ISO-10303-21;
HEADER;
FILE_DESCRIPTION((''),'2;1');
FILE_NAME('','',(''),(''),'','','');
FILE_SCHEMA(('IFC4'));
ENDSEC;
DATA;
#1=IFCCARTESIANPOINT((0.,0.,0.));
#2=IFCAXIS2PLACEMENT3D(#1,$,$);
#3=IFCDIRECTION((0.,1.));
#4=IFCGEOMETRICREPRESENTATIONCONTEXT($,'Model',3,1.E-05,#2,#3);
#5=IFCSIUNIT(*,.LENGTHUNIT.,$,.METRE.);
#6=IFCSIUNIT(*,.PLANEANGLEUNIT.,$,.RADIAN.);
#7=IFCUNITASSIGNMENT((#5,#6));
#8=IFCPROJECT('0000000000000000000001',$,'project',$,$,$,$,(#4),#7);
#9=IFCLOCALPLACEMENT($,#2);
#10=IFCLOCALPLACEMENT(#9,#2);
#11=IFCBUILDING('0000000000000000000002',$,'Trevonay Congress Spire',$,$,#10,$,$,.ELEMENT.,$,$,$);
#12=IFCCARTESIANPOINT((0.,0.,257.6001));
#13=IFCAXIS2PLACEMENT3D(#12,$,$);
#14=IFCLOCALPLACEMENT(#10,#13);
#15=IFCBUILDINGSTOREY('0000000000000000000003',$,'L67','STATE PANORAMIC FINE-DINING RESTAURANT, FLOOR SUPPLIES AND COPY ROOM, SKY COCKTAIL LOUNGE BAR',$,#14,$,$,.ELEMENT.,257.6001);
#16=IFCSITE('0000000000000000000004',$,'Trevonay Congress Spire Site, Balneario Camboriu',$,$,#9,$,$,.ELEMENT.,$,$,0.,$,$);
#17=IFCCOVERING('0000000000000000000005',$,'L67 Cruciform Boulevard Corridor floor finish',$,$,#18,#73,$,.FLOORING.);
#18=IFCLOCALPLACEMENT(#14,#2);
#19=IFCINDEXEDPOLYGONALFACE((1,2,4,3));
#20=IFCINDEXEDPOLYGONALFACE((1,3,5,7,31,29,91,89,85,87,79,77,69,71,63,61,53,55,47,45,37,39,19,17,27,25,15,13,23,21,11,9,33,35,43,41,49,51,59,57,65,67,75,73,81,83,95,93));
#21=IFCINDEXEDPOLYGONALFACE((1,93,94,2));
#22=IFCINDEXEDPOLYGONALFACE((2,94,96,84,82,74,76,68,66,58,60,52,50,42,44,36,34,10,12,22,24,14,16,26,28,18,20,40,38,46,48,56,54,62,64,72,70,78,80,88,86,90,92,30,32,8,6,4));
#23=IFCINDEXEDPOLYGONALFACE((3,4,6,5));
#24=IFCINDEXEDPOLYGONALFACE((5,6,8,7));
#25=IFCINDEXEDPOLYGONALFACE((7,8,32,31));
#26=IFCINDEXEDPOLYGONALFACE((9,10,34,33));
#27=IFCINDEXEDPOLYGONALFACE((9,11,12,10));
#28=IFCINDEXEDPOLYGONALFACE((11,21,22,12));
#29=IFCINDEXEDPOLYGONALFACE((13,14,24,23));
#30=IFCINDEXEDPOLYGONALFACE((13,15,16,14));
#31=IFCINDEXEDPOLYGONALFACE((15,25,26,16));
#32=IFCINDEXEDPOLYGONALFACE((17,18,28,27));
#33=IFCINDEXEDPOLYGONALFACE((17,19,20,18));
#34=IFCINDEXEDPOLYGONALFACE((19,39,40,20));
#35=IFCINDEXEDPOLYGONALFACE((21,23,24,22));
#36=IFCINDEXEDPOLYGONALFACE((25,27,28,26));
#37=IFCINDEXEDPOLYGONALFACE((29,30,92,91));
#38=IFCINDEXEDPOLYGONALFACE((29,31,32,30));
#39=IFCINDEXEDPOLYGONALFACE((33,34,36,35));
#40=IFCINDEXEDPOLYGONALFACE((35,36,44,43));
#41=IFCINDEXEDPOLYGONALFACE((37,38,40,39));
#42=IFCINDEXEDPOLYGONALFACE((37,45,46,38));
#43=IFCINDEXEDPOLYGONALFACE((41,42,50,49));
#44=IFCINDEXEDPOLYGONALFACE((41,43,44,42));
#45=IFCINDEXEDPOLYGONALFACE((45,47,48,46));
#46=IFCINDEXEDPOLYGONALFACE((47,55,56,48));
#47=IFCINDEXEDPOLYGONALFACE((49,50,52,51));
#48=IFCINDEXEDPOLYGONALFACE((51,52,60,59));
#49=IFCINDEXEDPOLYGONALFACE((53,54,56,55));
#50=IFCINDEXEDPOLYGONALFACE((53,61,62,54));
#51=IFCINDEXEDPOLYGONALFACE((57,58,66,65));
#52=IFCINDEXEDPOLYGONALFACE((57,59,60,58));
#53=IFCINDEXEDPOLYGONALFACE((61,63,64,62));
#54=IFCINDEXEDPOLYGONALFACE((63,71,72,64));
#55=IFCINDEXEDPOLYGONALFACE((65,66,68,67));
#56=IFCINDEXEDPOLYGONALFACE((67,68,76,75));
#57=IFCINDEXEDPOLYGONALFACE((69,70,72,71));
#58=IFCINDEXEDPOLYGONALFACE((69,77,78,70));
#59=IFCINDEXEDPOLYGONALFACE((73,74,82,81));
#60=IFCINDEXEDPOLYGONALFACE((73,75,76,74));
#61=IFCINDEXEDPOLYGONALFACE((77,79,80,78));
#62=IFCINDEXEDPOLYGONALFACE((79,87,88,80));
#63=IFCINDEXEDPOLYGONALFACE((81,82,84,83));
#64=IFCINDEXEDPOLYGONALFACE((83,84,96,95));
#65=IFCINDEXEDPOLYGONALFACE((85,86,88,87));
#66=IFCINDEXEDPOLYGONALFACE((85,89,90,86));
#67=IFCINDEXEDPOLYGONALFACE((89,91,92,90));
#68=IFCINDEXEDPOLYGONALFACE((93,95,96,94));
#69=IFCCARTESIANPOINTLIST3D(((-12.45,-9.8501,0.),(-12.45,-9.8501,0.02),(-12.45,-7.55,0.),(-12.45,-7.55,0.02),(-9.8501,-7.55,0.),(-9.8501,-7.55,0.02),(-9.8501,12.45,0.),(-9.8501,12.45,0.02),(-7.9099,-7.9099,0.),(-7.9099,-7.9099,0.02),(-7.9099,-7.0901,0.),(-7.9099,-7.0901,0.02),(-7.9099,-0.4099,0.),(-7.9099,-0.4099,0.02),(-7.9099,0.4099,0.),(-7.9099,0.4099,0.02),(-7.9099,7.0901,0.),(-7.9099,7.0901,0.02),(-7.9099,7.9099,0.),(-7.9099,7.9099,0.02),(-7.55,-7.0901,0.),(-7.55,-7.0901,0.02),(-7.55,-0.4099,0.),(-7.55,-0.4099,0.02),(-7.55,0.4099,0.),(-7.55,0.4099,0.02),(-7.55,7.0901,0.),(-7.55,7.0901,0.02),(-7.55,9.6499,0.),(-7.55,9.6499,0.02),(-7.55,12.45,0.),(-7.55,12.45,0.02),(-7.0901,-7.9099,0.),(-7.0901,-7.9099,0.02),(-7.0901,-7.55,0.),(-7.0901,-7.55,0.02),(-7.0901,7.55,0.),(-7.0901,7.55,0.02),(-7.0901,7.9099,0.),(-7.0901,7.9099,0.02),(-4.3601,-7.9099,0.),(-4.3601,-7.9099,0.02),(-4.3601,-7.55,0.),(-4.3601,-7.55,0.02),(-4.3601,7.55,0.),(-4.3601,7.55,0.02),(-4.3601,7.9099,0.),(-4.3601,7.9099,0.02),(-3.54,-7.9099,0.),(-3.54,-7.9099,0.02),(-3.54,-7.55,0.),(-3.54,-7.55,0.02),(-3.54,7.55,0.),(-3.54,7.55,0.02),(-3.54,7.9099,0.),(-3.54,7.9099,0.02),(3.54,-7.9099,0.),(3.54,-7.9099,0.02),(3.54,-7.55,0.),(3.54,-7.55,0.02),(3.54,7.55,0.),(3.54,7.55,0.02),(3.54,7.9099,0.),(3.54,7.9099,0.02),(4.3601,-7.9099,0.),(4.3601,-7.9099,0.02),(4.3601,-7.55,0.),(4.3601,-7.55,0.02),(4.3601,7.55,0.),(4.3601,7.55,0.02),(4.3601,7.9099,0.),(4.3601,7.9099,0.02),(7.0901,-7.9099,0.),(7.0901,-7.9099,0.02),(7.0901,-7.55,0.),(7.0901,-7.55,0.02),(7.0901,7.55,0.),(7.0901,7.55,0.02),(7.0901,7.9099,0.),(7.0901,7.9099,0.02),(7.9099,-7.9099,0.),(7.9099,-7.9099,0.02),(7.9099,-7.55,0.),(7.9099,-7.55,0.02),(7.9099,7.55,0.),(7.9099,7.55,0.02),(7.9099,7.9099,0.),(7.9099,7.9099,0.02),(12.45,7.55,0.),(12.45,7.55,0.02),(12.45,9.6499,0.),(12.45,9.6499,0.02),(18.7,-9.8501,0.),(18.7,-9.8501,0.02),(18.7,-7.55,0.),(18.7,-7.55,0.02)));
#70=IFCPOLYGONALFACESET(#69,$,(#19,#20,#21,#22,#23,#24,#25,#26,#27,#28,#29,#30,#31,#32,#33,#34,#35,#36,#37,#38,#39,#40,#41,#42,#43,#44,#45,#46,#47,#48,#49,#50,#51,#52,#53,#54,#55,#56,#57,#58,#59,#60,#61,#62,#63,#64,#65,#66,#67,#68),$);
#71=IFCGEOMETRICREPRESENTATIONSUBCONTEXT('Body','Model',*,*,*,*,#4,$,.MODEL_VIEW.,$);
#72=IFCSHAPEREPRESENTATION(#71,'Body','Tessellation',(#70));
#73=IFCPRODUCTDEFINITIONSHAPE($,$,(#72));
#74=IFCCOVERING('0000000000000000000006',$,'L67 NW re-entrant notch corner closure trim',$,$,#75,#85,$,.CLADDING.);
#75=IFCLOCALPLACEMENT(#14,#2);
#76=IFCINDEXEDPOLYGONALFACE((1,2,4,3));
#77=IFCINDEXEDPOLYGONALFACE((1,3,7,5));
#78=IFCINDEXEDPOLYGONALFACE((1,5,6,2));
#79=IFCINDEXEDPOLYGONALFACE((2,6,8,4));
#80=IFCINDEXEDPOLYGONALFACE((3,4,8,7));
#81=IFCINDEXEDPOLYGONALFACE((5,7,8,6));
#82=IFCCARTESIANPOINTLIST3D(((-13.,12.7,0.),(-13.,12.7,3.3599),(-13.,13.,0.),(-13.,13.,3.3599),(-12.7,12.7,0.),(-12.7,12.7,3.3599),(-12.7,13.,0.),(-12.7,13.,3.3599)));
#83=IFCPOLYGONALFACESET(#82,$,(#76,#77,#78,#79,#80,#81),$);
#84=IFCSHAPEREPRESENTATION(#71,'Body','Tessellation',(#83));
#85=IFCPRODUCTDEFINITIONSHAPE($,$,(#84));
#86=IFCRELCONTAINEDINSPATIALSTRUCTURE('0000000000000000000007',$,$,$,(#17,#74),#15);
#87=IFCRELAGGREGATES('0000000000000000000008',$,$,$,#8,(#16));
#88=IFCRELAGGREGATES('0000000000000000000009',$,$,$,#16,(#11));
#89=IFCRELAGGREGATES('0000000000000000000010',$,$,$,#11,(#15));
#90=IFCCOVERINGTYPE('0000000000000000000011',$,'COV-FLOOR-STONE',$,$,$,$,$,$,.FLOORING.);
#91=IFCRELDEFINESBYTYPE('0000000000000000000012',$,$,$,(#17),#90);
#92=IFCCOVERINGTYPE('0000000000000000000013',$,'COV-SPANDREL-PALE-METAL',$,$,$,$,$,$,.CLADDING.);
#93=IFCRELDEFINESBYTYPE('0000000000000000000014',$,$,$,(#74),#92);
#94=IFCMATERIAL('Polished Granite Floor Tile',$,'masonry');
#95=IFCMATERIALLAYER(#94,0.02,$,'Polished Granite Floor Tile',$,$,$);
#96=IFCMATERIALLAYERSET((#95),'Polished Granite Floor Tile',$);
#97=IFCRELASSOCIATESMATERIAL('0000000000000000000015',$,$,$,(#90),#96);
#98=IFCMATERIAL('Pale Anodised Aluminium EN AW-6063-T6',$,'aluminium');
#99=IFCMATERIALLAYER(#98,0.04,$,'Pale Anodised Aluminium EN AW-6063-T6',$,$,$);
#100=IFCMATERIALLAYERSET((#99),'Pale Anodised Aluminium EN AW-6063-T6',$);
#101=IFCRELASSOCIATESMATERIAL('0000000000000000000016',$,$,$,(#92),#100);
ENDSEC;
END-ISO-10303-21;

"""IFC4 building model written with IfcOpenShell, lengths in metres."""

from ifc_helpers import new_model, si_unit, direction, frame, origin, place, context, subcontext, project, spatial, polyline, outline, extrude, material, layer, layer_set, type_object, element, save


model = new_model("IFC4")

# Units and contexts
model_context = context("Model", 3, precision=1e-05, world=origin(), true_north=direction((0.0, 1.0)))
body_context = subcontext(model_context, "Body", "Model", "MODEL_VIEW")
ifc_project = project(units=[si_unit("LENGTHUNIT", "METRE"), si_unit("PLANEANGLEUNIT", "RADIAN")], contexts=[model_context])

# Site, building, storey
site_placement = place(None, origin())
site = spatial("IfcSite", under=ifc_project, at=site_placement, Name="Trevonay Congress Spire Site, Balneario Camboriu", CompositionType="ELEMENT", RefElevation=0.0)
building_placement = place(site_placement, origin())
building = spatial("IfcBuilding", under=site, at=building_placement, Name="Trevonay Congress Spire", CompositionType="ELEMENT")
storey_placement = place(building_placement, frame((0.0, 0.0, 257.6001)))
storey = spatial("IfcBuildingStorey", under=building, at=storey_placement, Name="L67", Description="STATE PANORAMIC FINE-DINING RESTAURANT, FLOOR SUPPLIES AND COPY ROOM, SKY COCKTAIL LOUNGE BAR", CompositionType="ELEMENT", Elevation=257.6001)

# Shared definitions
ifc_material_1 = material(Name="Pale Anodised Aluminium EN AW-6063-T6", Category="aluminium")

# Coverings
ifc_material_2 = material(Name="Polished Granite Floor Tile", Category="masonry")
ifc_layer_1 = layer(ifc_material_2, 0.02, Name="Polished Granite Floor Tile")
ifc_layer_set_1 = layer_set([ifc_layer_1], Name="Polished Granite Floor Tile")
covering_type_1 = type_object("IfcCoveringType", Name="COV-FLOOR-STONE", PredefinedType="FLOORING", material=ifc_layer_set_1)
covering_1_placement = place(storey_placement, origin())
element("IfcCovering", 1, at=covering_1_placement, inside=storey, type_object=covering_type_1, Name="L67 Cruciform Boulevard Corridor floor finish", PredefinedType="FLOORING", context=body_context, shape_type="SweptSolid", body=[
    extrude(outline(polyline([(18.7, -7.55), (18.7, -9.8501), (-12.45, -9.8501), (-12.45, -7.55), (-9.8501, -7.55), (-9.8501, 12.45), (-7.55, 12.45), (-7.55, 9.6499), (12.45, 9.6499), (12.45, 7.55), (7.9099, 7.55), (7.9099, 7.9099), (7.0901, 7.9099), (7.0901, 7.55), (4.3601, 7.55), (4.3601, 7.9099), (3.54, 7.9099), (3.54, 7.55), (-3.54, 7.55), (-3.54, 7.9099), (-4.3601, 7.9099), (-4.3601, 7.55), (-7.0901, 7.55), (-7.0901, 7.9099), (-7.9099, 7.9099), (-7.9099, 7.0901), (-7.55, 7.0901), (-7.55, 0.4099), (-7.9099, 0.4099), (-7.9099, -0.4099), (-7.55, -0.4099), (-7.55, -7.0901), (-7.9099, -7.0901), (-7.9099, -7.9099), (-7.0901, -7.9099), (-7.0901, -7.55), (-4.3601, -7.55), (-4.3601, -7.9099), (-3.54, -7.9099), (-3.54, -7.55), (3.54, -7.55), (3.54, -7.9099), (4.3601, -7.9099), (4.3601, -7.55), (7.0901, -7.55), (7.0901, -7.9099), (7.9099, -7.9099), (7.9099, -7.55), (18.7, -7.55)])), origin(), (0.0, 0.0, 1.0), 0.02),
])
ifc_layer_2 = layer(ifc_material_1, 0.04, Name="Pale Anodised Aluminium EN AW-6063-T6")
ifc_layer_set_2 = layer_set([ifc_layer_2], Name="Pale Anodised Aluminium EN AW-6063-T6")
covering_type_2 = type_object("IfcCoveringType", Name="COV-SPANDREL-PALE-METAL", PredefinedType="CLADDING", material=ifc_layer_set_2)
covering_2_placement = place(storey_placement, origin())
element("IfcCovering", 2, at=covering_2_placement, inside=storey, type_object=covering_type_2, Name="L67 NW re-entrant notch corner closure trim", PredefinedType="CLADDING", context=body_context, shape_type="SweptSolid", body=[
    extrude(outline(polyline([(-13.0, 12.7), (-12.7, 12.7), (-12.7, 13.0), (-13.0, 13.0), (-13.0, 12.7)])), origin(), (0.0, 0.0, 1.0), 3.3599),
])

save(model, "model.ifc")
